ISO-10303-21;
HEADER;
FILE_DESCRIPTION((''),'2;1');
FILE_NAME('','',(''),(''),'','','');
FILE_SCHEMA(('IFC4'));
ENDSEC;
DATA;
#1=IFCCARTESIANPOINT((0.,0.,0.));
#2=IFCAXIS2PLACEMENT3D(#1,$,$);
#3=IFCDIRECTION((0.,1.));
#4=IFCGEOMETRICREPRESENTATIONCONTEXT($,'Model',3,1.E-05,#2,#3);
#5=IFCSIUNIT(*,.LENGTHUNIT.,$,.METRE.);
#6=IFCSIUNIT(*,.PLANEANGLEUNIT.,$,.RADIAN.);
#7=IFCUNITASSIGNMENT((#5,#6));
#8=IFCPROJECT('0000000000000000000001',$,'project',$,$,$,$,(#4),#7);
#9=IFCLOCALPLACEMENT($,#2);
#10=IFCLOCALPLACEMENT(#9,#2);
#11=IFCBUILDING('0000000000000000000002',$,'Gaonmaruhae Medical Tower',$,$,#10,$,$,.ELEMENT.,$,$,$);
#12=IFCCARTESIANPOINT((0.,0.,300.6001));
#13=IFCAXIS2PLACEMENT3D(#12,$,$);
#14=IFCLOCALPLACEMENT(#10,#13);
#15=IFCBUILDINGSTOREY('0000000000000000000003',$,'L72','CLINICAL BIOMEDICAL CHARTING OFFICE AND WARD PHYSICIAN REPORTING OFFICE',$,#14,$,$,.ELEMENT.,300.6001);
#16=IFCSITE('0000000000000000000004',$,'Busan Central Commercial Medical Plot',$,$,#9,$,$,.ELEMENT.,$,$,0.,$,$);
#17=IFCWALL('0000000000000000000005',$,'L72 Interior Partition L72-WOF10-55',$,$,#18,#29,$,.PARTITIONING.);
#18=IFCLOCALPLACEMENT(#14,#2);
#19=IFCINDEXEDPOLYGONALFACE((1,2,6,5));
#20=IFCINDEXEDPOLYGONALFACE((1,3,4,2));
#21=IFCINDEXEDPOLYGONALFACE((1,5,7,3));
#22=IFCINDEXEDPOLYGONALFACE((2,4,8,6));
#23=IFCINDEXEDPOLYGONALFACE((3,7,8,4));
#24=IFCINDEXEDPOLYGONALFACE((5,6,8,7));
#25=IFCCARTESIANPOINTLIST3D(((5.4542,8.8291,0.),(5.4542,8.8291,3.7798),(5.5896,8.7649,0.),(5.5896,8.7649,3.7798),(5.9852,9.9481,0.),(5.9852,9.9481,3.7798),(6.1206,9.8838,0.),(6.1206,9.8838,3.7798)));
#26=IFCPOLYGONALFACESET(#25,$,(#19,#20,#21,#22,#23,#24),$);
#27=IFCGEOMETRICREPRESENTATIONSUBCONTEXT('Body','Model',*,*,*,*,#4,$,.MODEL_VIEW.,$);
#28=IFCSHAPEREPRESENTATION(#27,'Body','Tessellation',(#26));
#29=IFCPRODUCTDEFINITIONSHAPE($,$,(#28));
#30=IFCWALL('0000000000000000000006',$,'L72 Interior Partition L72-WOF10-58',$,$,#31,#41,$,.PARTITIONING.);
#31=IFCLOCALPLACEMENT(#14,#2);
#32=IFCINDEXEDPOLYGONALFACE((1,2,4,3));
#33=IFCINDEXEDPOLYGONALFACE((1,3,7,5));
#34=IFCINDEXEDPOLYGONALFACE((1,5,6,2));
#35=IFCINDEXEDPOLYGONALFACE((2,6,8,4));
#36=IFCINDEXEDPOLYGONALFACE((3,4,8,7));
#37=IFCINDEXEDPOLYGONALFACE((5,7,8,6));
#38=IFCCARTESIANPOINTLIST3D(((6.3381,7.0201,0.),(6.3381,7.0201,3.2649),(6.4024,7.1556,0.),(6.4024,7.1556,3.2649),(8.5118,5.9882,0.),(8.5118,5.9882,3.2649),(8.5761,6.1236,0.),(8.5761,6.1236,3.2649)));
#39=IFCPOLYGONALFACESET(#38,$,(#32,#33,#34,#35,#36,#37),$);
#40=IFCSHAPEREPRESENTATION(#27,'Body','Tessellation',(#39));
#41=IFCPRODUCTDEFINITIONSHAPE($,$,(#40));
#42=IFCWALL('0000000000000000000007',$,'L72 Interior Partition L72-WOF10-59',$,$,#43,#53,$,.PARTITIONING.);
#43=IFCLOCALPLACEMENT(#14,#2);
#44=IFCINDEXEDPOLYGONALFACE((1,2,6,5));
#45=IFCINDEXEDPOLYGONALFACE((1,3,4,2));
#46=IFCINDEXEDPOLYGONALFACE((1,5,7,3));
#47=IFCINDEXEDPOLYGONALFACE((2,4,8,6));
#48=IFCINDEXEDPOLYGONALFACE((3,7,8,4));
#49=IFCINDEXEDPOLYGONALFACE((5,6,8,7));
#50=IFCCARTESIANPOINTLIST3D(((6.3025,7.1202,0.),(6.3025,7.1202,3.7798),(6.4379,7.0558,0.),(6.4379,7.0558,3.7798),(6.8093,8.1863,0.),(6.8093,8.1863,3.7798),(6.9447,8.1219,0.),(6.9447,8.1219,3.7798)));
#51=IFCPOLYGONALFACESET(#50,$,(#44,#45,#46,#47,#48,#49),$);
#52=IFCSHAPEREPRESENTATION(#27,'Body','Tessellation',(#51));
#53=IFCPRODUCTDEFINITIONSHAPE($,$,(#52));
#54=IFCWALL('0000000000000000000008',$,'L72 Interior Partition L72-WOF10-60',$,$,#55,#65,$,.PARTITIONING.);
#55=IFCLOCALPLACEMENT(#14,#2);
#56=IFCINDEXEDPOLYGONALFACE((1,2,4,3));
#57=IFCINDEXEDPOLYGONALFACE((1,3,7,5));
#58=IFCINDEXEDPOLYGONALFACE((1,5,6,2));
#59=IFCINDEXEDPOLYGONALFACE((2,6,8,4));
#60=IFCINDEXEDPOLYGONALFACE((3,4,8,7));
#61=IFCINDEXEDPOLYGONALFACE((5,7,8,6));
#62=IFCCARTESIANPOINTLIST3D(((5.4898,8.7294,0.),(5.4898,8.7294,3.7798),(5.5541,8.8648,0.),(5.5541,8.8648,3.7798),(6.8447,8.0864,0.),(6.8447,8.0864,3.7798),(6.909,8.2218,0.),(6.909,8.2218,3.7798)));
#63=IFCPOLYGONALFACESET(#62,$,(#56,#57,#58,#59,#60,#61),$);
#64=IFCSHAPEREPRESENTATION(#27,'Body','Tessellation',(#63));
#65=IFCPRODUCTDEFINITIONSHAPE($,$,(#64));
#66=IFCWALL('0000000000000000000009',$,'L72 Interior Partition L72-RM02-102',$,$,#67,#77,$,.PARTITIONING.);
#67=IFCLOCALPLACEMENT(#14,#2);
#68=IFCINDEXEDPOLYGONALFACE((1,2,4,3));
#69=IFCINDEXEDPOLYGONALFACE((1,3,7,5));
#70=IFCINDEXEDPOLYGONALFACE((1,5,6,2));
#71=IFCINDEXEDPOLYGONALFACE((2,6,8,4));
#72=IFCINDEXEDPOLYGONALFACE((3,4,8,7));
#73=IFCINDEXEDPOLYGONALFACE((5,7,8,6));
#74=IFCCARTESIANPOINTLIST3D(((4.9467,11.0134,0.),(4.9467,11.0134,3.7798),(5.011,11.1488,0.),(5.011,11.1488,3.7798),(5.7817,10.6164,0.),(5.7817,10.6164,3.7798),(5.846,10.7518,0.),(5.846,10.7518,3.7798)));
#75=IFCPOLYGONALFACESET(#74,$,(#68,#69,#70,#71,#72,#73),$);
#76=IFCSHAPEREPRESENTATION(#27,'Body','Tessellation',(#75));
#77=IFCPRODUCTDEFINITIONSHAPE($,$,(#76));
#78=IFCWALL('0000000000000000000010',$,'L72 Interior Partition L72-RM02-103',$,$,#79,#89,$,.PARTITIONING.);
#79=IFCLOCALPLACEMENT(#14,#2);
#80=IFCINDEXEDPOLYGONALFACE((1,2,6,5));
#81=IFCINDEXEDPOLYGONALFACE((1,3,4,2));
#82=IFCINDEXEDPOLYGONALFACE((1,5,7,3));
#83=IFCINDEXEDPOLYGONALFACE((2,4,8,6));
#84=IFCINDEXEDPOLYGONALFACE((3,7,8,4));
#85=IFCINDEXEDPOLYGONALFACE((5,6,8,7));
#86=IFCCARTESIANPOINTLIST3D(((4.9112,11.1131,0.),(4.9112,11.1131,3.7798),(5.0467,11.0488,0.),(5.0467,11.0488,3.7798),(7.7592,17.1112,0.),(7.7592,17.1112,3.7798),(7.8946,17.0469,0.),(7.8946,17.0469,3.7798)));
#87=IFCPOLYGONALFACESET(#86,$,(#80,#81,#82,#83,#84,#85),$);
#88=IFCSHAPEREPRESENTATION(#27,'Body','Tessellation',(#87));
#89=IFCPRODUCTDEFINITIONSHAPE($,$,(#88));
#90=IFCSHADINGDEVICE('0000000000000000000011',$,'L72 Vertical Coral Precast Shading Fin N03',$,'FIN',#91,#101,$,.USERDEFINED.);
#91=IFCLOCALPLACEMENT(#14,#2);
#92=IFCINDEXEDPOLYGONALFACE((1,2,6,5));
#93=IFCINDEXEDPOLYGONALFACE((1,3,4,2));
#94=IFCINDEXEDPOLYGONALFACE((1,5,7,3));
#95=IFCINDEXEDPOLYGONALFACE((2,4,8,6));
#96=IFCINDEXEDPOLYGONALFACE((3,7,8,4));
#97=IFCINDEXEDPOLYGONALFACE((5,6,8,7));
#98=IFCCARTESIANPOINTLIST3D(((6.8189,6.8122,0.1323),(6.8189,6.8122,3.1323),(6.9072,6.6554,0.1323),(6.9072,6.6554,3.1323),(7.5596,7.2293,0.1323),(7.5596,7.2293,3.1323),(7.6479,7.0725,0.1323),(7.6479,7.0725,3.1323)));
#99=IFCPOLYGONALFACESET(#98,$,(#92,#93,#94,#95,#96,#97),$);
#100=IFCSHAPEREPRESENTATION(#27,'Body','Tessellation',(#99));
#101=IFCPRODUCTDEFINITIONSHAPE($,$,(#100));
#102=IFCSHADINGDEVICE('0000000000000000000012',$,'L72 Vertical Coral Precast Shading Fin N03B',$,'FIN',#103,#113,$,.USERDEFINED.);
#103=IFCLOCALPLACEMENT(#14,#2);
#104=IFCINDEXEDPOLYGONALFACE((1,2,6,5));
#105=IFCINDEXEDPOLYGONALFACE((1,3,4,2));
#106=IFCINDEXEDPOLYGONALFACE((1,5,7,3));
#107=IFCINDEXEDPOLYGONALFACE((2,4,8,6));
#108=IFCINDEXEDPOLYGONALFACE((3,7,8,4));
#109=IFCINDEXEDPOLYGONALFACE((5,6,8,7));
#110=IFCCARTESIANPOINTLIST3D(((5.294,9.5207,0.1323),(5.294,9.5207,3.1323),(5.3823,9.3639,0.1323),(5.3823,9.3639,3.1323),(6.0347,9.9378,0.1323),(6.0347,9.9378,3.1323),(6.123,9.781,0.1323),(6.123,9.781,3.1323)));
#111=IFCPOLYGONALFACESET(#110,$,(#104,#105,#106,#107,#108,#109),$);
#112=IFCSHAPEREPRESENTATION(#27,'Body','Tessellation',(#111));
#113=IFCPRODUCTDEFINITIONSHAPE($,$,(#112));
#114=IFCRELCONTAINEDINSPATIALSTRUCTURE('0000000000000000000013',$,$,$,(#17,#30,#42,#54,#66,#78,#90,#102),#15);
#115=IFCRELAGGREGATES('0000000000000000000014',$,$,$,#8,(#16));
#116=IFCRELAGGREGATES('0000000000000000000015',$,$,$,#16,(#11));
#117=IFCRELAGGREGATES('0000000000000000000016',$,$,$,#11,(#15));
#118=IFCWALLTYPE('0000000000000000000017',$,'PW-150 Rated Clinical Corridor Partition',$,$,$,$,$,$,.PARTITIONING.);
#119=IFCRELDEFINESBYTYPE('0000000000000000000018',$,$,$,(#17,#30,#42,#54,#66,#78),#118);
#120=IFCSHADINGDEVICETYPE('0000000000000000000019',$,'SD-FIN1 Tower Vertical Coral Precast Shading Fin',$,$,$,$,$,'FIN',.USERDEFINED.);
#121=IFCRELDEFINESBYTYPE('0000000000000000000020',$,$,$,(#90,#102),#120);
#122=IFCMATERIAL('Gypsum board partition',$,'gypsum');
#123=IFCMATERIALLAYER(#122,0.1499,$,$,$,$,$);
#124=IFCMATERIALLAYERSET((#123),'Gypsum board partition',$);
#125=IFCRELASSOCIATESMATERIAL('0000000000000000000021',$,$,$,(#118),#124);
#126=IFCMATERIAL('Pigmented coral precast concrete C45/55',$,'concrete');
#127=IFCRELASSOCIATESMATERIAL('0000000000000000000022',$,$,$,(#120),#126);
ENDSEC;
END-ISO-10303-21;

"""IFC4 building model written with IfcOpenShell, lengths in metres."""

from ifc_helpers import new_model, si_unit, direction, frame, frame_2d, origin, origin_2d, place, context, subcontext, project, spatial, rectangle, extrude, material, layer, layer_set, type_object, element, save


model = new_model("IFC4")

# Units and contexts
model_context = context("Model", 3, precision=1e-05, world=origin(), true_north=direction((0.0, 1.0)))
body_context = subcontext(model_context, "Body", "Model", "MODEL_VIEW")
ifc_project = project(units=[si_unit("LENGTHUNIT", "METRE"), si_unit("PLANEANGLEUNIT", "RADIAN")], contexts=[model_context])

# Site, building, storey
site_placement = place(None, origin())
site = spatial("IfcSite", under=ifc_project, at=site_placement, Name="Busan Central Commercial Medical Plot", CompositionType="ELEMENT", RefElevation=0.0)
building_placement = place(site_placement, origin())
building = spatial("IfcBuilding", under=site, at=building_placement, Name="Gaonmaruhae Medical Tower", CompositionType="ELEMENT")
storey_placement = place(building_placement, frame((0.0, 0.0, 300.6001)))
storey = spatial("IfcBuildingStorey", under=building, at=storey_placement, Name="L72", Description="CLINICAL BIOMEDICAL CHARTING OFFICE AND WARD PHYSICIAN REPORTING OFFICE", CompositionType="ELEMENT", Elevation=300.6001)

# Walls
ifc_material_1 = material(Name="Gypsum board partition", Category="gypsum")
ifc_layer_1 = layer(ifc_material_1, 0.1499)
ifc_layer_set_1 = layer_set([ifc_layer_1], Name="Gypsum board partition")
wall_type_1 = type_object("IfcWallType", Name="PW-150 Rated Clinical Corridor Partition", PredefinedType="PARTITIONING", material=ifc_layer_set_1)
wall_1_placement = place(storey_placement, frame((5.522, 8.7971, 0.0), z_axis=(0.0, 0.0, 1.0), x_axis=(0.428747, 0.903425, 0.0)))
element("IfcWall", 1, at=wall_1_placement, inside=storey, type_object=wall_type_1, Name="L72 Interior Partition L72-WOF10-55", PredefinedType="PARTITIONING", context=body_context, shape_type="SweptSolid", body=[
    extrude(rectangle(XDim=1.2385, YDim=0.1499, at=frame_2d((0.6191, 0.0))), origin(), (0.0, 0.0, 1.0), 3.7798),
])
wall_2_placement = place(storey_placement, frame((8.5439, 6.0559, 0.0), z_axis=(0.0, 0.0, 1.0), x_axis=(-0.903372, 0.428858, 0.0)))
element("IfcWall", 2, at=wall_2_placement, inside=storey, type_object=wall_type_1, Name="L72 Interior Partition L72-WOF10-58", PredefinedType="PARTITIONING", context=body_context, shape_type="SweptSolid", body=[
    extrude(rectangle(XDim=2.4062, YDim=0.1499, at=frame_2d((1.2031, 0.0))), origin(), (0.0, 0.0, 1.0), 3.2649),
])
wall_3_placement = place(storey_placement, frame((6.3701, 7.0879, 0.0), z_axis=(0.0, 0.0, 1.0), x_axis=(0.429339, 0.903143, 0.0)))
element("IfcWall", 3, at=wall_3_placement, inside=storey, type_object=wall_type_1, Name="L72 Interior Partition L72-WOF10-59", PredefinedType="PARTITIONING", context=body_context, shape_type="SweptSolid", body=[
    extrude(rectangle(XDim=1.1804, YDim=0.1499, at=frame_2d((0.5903, 0.0))), origin(), (0.0, 0.0, 1.0), 3.7798),
])
wall_4_placement = place(storey_placement, frame((6.877, 8.1541, 0.0), z_axis=(0.0, 0.0, 1.0), x_axis=(-0.903419, 0.428758, 0.0)))
element("IfcWall", 4, at=wall_4_placement, inside=storey, type_object=wall_type_1, Name="L72 Interior Partition L72-WOF10-60", PredefinedType="PARTITIONING", context=body_context, shape_type="SweptSolid", body=[
    extrude(rectangle(XDim=1.4998, YDim=0.1499, at=frame_2d((0.75, 0.0))), origin(), (0.0, 0.0, 1.0), 3.7798),
])
wall_5_placement = place(storey_placement, frame((5.814, 10.6841, 0.0), z_axis=(0.0, 0.0, 1.0), x_axis=(-0.903124, 0.42938, 0.0)))
element("IfcWall", 5, at=wall_5_placement, inside=storey, type_object=wall_type_1, Name="L72 Interior Partition L72-RM02-102", PredefinedType="PARTITIONING", context=body_context, shape_type="SweptSolid", body=[
    extrude(rectangle(XDim=0.9246, YDim=0.1499, at=frame_2d((0.4624, 0.0))), origin(), (0.0, 0.0, 1.0), 3.7798),
])
wall_6_placement = place(storey_placement, frame((4.979, 11.0811, 0.0), z_axis=(0.0, 0.0, 1.0), x_axis=(0.428913, 0.903346, 0.0)))
element("IfcWall", 6, at=wall_6_placement, inside=storey, type_object=wall_type_1, Name="L72 Interior Partition L72-RM02-103", PredefinedType="PARTITIONING", context=body_context, shape_type="SweptSolid", body=[
    extrude(rectangle(XDim=6.6399, YDim=0.1499, at=frame_2d((3.3198, 0.0))), origin(), (0.0, 0.0, 1.0), 3.7798),
])

# Shading devices
ifc_material_2 = material(Name="Pigmented coral precast concrete C45/55", Category="concrete")
shading_device_type = type_object("IfcShadingDeviceType", Name="SD-FIN1 Tower Vertical Coral Precast Shading Fin", ElementType="FIN", PredefinedType="USERDEFINED", material=ifc_material_2)
for number, where, z_axis, x_axis, name in (
    (7, (7.2334, 6.9424, 0.1323), (0.0, 0.0, 1.0), (-0.49063, 0.871368, 0.0), "L72 Vertical Coral Precast Shading Fin N03"),
    (8, (5.7085, 9.6509, 0.1323), (0.0, 0.0, 1.0), (-0.49063, 0.871368, 0.0), "L72 Vertical Coral Precast Shading Fin N03B"),
):
    element("IfcShadingDevice", number, at=place(storey_placement, frame(where, z_axis=z_axis, x_axis=x_axis)), inside=storey, type_object=shading_device_type, Name=name, ObjectType="FIN", PredefinedType="USERDEFINED", context=body_context, shape_type="SweptSolid", body=[
        extrude(rectangle(XDim=0.1799, YDim=0.8501, at=origin_2d()), origin(), (0.0, 0.0, 1.0), 3.0),
    ])

save(model, "model.ifc")
